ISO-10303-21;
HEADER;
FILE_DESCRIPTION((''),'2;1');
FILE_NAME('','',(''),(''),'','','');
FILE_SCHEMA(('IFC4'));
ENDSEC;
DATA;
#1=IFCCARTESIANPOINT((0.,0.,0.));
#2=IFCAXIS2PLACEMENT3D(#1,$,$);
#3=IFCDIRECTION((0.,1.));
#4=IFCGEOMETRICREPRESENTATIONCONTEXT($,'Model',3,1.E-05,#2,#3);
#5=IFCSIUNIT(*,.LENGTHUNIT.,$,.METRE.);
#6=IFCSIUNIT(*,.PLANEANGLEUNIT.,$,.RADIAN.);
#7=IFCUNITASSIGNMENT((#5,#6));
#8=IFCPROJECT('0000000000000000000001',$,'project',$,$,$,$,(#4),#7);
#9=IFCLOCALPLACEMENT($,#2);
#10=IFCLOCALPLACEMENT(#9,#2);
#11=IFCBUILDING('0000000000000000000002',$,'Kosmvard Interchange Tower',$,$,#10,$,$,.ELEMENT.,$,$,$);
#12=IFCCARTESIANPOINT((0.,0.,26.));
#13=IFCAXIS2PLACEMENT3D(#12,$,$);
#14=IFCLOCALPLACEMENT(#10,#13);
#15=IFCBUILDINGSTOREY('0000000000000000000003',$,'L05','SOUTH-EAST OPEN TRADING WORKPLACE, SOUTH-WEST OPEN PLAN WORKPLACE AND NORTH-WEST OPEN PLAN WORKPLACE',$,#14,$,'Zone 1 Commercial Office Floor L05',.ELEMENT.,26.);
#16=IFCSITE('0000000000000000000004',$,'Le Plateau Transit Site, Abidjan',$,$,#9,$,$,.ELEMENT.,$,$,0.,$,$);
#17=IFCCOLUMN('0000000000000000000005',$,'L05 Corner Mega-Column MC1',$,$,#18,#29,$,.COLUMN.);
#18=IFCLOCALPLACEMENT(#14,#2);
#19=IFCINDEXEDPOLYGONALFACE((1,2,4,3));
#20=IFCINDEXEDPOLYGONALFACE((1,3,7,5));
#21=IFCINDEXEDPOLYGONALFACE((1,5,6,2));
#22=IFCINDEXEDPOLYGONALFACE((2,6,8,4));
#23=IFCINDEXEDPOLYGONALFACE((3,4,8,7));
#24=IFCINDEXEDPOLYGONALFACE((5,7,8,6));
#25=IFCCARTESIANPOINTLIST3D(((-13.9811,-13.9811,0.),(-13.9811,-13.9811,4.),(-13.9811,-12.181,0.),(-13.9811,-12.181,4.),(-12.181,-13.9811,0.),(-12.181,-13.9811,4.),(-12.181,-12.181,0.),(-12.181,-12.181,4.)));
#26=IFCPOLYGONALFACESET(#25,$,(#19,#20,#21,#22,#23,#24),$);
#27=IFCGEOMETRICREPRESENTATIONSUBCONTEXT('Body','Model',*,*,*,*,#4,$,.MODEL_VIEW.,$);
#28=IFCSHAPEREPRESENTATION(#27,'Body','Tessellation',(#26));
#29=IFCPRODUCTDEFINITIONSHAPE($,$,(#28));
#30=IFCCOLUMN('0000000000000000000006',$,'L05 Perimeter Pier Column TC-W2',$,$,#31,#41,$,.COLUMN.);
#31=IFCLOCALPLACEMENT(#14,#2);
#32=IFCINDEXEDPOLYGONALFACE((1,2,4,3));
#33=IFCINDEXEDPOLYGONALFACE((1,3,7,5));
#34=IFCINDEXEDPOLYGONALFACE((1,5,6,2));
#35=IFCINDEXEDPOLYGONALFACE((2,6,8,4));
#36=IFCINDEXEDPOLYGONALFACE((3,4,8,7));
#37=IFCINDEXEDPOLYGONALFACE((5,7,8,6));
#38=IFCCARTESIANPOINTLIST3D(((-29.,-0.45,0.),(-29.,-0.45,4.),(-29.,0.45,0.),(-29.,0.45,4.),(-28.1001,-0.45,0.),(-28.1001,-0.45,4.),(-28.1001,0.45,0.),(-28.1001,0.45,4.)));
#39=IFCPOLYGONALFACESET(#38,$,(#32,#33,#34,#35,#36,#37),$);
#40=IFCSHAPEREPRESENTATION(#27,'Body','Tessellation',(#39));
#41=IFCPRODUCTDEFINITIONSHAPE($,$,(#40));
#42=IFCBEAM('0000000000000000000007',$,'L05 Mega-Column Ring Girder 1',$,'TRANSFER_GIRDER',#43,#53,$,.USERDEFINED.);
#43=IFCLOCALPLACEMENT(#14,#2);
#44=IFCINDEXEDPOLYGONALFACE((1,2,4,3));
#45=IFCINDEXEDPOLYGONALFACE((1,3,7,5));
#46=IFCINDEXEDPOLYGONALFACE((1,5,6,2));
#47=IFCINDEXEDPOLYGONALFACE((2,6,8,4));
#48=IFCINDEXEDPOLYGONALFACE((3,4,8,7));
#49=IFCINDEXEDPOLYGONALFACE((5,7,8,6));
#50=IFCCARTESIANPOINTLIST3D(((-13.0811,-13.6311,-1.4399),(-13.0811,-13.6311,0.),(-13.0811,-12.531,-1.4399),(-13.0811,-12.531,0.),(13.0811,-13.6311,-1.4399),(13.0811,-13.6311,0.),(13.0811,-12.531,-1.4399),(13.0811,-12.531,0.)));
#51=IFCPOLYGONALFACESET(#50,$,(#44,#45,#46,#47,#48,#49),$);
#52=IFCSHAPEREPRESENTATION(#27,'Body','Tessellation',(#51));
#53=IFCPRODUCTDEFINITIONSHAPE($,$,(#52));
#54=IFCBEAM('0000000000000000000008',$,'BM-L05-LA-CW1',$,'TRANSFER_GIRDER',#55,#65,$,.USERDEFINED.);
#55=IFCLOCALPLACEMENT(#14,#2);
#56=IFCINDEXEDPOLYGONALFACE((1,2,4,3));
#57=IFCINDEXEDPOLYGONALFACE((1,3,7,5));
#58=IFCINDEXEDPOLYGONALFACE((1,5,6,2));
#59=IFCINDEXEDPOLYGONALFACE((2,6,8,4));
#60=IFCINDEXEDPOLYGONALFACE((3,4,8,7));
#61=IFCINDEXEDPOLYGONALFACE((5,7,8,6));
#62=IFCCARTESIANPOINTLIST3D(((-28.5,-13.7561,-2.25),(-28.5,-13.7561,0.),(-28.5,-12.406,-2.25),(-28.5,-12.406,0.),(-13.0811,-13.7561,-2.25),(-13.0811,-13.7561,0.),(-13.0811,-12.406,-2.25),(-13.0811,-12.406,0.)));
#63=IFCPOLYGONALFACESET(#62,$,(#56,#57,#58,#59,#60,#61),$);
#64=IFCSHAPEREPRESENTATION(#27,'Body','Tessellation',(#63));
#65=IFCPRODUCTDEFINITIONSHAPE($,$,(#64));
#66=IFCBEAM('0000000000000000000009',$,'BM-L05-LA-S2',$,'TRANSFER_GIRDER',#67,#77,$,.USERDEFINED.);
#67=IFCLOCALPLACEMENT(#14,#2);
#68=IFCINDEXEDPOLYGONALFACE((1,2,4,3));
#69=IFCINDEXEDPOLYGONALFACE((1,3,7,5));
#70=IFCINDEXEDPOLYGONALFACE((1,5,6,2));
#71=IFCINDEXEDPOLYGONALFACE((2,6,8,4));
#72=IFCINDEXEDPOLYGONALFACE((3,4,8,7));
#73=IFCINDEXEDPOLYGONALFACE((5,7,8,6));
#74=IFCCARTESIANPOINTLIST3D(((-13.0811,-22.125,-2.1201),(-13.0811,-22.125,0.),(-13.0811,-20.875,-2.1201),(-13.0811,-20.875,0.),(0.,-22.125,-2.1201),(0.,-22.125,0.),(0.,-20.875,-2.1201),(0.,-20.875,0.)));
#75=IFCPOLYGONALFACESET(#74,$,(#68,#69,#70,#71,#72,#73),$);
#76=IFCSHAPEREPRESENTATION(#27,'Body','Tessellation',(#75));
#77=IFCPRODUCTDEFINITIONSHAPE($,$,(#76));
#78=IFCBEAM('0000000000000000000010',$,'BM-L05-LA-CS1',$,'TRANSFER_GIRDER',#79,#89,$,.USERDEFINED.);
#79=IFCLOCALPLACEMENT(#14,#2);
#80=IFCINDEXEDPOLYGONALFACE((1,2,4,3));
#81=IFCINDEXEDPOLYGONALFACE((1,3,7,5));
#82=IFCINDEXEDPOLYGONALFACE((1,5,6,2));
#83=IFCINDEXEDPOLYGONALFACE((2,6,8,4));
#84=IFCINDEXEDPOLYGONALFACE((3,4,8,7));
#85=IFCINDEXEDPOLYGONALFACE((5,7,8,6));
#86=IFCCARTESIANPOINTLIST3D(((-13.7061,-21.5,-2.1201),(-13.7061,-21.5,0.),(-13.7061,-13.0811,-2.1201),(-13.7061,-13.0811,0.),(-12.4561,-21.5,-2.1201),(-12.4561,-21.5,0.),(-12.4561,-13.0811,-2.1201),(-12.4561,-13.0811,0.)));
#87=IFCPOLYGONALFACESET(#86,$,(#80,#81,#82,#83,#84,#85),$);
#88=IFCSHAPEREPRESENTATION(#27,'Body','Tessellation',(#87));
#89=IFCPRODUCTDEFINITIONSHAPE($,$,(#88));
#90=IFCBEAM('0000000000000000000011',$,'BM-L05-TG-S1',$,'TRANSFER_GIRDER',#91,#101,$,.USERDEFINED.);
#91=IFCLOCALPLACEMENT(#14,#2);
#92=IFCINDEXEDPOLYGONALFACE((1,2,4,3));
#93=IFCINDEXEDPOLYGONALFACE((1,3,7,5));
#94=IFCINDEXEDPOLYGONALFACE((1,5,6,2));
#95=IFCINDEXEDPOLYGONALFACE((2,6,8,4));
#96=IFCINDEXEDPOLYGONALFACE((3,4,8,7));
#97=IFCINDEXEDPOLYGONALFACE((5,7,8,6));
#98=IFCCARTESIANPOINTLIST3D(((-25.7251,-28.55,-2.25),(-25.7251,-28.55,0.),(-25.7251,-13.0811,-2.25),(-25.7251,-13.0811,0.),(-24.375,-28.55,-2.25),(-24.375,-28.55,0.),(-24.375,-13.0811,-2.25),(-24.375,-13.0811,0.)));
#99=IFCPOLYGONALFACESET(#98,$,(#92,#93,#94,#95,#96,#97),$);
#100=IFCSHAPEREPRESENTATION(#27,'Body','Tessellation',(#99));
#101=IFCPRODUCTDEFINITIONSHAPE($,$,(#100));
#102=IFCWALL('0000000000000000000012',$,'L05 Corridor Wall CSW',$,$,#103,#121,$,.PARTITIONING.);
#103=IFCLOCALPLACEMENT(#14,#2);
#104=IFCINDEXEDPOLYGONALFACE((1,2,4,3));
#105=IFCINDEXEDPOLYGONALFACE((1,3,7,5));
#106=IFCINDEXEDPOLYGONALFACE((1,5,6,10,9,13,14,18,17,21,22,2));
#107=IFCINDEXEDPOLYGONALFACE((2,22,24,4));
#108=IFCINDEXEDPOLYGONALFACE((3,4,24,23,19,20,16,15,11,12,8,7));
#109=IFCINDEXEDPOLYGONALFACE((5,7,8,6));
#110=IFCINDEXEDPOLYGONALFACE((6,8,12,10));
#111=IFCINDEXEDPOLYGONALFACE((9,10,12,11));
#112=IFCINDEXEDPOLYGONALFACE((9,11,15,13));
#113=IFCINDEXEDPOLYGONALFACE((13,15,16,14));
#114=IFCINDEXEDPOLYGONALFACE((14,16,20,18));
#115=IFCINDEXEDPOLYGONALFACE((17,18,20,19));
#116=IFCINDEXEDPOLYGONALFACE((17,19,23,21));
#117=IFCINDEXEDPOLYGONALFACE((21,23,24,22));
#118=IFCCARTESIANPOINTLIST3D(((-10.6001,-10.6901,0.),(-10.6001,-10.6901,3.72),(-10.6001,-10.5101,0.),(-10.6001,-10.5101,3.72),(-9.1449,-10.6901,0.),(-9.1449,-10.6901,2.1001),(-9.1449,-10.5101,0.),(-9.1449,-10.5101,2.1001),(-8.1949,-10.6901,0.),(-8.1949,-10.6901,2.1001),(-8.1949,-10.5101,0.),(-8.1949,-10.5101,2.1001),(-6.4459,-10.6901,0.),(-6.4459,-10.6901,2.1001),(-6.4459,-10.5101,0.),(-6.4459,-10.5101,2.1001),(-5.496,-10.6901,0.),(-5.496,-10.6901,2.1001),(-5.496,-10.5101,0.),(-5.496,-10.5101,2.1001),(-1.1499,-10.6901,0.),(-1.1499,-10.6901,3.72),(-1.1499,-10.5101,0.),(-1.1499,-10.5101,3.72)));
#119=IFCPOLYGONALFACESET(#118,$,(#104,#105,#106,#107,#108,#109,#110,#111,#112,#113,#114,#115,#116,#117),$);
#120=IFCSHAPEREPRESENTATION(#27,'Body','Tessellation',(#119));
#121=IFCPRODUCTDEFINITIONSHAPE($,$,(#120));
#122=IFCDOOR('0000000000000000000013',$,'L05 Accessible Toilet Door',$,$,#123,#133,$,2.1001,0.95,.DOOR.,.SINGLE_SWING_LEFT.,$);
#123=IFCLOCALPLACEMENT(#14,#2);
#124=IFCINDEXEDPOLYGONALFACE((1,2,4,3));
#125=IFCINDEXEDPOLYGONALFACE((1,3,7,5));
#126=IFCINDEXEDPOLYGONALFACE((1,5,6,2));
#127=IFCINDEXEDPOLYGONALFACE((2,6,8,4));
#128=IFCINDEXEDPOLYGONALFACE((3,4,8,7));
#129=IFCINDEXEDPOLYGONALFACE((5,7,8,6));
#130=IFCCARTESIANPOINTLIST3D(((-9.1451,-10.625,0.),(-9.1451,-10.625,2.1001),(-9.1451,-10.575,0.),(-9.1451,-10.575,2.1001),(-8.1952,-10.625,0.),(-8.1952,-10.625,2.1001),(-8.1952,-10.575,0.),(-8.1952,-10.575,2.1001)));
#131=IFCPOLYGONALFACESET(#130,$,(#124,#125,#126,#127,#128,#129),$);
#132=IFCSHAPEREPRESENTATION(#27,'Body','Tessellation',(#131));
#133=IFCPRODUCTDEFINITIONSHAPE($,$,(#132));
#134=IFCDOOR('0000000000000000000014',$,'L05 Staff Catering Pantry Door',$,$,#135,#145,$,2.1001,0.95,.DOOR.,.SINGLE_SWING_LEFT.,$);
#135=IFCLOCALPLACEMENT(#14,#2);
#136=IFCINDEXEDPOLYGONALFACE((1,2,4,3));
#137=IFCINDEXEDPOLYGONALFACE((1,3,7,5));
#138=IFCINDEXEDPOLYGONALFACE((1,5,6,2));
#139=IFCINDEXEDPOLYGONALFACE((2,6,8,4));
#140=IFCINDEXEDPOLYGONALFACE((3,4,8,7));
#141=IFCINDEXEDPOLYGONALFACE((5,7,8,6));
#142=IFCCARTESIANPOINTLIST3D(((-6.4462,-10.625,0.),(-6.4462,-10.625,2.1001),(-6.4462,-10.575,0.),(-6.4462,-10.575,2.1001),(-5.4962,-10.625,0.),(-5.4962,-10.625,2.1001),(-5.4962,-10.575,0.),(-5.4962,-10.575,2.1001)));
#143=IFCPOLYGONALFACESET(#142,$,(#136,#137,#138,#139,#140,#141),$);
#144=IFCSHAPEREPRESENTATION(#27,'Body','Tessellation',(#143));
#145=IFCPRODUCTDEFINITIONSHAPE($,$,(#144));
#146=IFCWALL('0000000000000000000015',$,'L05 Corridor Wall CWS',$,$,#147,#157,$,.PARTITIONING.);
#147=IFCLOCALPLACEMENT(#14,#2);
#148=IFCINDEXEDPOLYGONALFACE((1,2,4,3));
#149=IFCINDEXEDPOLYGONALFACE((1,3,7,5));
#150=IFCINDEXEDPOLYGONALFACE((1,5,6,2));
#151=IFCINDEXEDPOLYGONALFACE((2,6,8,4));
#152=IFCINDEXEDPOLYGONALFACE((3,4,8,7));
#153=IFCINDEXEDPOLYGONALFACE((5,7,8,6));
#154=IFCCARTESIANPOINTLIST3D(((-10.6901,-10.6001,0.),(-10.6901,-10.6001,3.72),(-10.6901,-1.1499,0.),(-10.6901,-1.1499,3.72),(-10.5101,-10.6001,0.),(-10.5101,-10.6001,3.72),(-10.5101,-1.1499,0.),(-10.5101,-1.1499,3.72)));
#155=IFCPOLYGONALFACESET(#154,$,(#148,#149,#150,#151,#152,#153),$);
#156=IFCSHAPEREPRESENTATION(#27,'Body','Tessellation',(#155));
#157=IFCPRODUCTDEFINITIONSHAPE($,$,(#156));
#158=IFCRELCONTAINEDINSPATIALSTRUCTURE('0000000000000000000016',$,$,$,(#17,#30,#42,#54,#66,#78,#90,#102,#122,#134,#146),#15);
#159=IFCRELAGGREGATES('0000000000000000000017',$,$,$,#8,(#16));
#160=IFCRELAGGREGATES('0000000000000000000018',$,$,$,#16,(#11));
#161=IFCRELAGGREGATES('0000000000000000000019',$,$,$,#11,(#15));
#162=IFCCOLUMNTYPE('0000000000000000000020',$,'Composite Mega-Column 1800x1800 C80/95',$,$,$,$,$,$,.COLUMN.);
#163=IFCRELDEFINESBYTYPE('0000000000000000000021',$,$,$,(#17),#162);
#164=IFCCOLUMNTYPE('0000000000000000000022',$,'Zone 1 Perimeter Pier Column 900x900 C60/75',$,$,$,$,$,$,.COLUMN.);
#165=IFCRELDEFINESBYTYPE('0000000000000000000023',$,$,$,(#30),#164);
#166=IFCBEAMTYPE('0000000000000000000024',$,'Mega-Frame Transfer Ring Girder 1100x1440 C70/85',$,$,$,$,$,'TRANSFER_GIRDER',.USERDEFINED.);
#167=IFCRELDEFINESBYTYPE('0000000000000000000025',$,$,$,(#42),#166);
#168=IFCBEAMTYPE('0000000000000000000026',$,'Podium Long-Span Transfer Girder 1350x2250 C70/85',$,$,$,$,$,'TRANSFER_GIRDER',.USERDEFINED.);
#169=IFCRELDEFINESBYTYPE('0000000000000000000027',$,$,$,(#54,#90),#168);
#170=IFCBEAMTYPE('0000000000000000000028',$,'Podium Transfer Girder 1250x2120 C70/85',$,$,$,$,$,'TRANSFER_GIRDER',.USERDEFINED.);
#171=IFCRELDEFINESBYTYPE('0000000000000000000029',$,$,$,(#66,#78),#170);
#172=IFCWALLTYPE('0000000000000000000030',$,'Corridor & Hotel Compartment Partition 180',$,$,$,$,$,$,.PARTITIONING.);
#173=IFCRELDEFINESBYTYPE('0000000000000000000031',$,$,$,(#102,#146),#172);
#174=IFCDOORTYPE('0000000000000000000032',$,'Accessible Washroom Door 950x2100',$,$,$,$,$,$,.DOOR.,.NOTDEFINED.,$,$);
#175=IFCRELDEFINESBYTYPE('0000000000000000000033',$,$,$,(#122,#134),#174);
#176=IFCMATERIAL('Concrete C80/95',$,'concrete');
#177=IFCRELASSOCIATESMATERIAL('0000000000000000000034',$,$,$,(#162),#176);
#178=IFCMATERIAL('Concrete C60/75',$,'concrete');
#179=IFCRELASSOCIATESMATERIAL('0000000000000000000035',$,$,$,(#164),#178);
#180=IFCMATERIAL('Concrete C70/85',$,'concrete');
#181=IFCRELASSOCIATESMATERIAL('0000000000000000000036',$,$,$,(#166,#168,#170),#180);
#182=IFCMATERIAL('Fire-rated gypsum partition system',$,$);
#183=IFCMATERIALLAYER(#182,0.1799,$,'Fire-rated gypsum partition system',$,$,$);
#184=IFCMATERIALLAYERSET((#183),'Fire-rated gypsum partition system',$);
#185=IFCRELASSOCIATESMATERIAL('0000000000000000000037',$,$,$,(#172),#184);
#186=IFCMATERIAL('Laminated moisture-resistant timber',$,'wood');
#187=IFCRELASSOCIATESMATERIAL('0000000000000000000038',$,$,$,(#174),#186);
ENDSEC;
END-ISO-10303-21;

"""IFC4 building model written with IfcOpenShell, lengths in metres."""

from ifc_helpers import new_model, si_unit, direction, frame, frame_2d, origin, origin_2d, place, context, subcontext, project, spatial, rectangle, extrude, source, transform, mapped, material, layer, layer_set, material_profile, profile_set, type_object, element, fill, save


model = new_model("IFC4")

# Units and contexts
model_context = context("Model", 3, precision=1e-05, world=origin(), true_north=direction((0.0, 1.0)))
body_context = subcontext(model_context, "Body", "Model", "MODEL_VIEW")
ifc_project = project(units=[si_unit("LENGTHUNIT", "METRE"), si_unit("PLANEANGLEUNIT", "RADIAN")], contexts=[model_context])

# Site, building, storey
site_placement = place(None, origin())
site = spatial("IfcSite", under=ifc_project, at=site_placement, Name="Le Plateau Transit Site, Abidjan", CompositionType="ELEMENT", RefElevation=0.0)
building_placement = place(site_placement, origin())
building = spatial("IfcBuilding", under=site, at=building_placement, Name="Kosmvard Interchange Tower", CompositionType="ELEMENT")
storey_placement = place(building_placement, frame((0.0, 0.0, 26.0)))
storey = spatial("IfcBuildingStorey", under=building, at=storey_placement, Name="L05", Description="SOUTH-EAST OPEN TRADING WORKPLACE, SOUTH-WEST OPEN PLAN WORKPLACE AND NORTH-WEST OPEN PLAN WORKPLACE", LongName="Zone 1 Commercial Office Floor L05", CompositionType="ELEMENT", Elevation=26.0)

# Columns
ifc_material_1 = material(Name="Concrete C80/95", Category="concrete")
ifc_material_profile_1 = material_profile(ifc_material_1, rectangle(XDim=1.8, YDim=1.8, at=origin_2d()), Name="MC 1800x1800")
ifc_profile_set_1 = profile_set([ifc_material_profile_1], Name="Concrete C80/95")
column_type_1 = type_object("IfcColumnType", Name="Composite Mega-Column 1800x1800 C80/95", PredefinedType="COLUMN", material=ifc_profile_set_1)
shared_shape_1 = source(origin(), body_context, "Body", "SweptSolid", [
    extrude(rectangle(XDim=1.8, YDim=1.8, at=origin_2d()), origin(), (0.0, 0.0, 1.0), 4.0),
])
column_1_placement = place(storey_placement, frame((-13.0811, -13.0811, 0.0), z_axis=(0.0, 0.0, 1.0), x_axis=(1.0, 0.0, 0.0)))
element("IfcColumn", 1, at=column_1_placement, inside=storey, type_object=column_type_1, Name="L05 Corner Mega-Column MC1", PredefinedType="COLUMN", context=body_context, shape_type="MappedRepresentation", body=[
    mapped(shared_shape_1, transform((0.0, 0.0, 0.0), scale=1.0)),
])
ifc_material_2 = material(Name="Concrete C60/75", Category="concrete")
ifc_material_profile_2 = material_profile(ifc_material_2, rectangle(XDim=0.8999, YDim=0.8999, at=origin_2d()), Name="TC 900x900")
ifc_profile_set_2 = profile_set([ifc_material_profile_2], Name="Concrete C60/75")
column_type_2 = type_object("IfcColumnType", Name="Zone 1 Perimeter Pier Column 900x900 C60/75", PredefinedType="COLUMN", material=ifc_profile_set_2)
shared_shape_2 = source(origin(), body_context, "Body", "SweptSolid", [
    extrude(rectangle(XDim=0.8999, YDim=0.8999, at=origin_2d()), origin(), (0.0, 0.0, 1.0), 4.0),
])
column_2_placement = place(storey_placement, frame((-28.55, 0.0, 0.0), z_axis=(0.0, 0.0, 1.0), x_axis=(1.0, 0.0, 0.0)))
element("IfcColumn", 2, at=column_2_placement, inside=storey, type_object=column_type_2, Name="L05 Perimeter Pier Column TC-W2", PredefinedType="COLUMN", context=body_context, shape_type="MappedRepresentation", body=[
    mapped(shared_shape_2, transform((0.0, 0.0, 0.0), scale=1.0)),
])

# Beams
ifc_material_3 = material(Name="Concrete C70/85", Category="concrete")
ifc_material_profile_3 = material_profile(ifc_material_3, rectangle(XDim=1.1001, YDim=1.4399, at=origin_2d()), Name="TG 1100x1440")
ifc_profile_set_3 = profile_set([ifc_material_profile_3], Name="Concrete C70/85")
beam_type_1 = type_object("IfcBeamType", Name="Mega-Frame Transfer Ring Girder 1100x1440 C70/85", ElementType="TRANSFER_GIRDER", PredefinedType="USERDEFINED", material=ifc_profile_set_3)
shared_shape_3 = source(origin(), body_context, "Body", "SweptSolid", [
    extrude(rectangle(XDim=1.1001, YDim=1.4399, at=origin_2d()), origin(), (0.0, 0.0, 1.0), 26.1621),
])
beam_1_placement = place(storey_placement, frame((-13.0811, -13.0811, -0.72), z_axis=(1.0, 0.0, 0.0), x_axis=(0.0, 1.0, 0.0)))
element("IfcBeam", 3, at=beam_1_placement, inside=storey, type_object=beam_type_1, Name="L05 Mega-Column Ring Girder 1", ObjectType="TRANSFER_GIRDER", PredefinedType="USERDEFINED", context=body_context, shape_type="MappedRepresentation", body=[
    mapped(shared_shape_3, transform((0.0, 0.0, 0.0), scale=1.0)),
])
ifc_material_profile_4 = material_profile(ifc_material_3, rectangle(XDim=1.3501, YDim=2.25, at=origin_2d()), Name="TG 1350x2250")
ifc_profile_set_4 = profile_set([ifc_material_profile_4], Name="Concrete C70/85")
beam_type_2 = type_object("IfcBeamType", Name="Podium Long-Span Transfer Girder 1350x2250 C70/85", ElementType="TRANSFER_GIRDER", PredefinedType="USERDEFINED", material=ifc_profile_set_4)
shared_shape_4 = source(origin(), body_context, "Body", "SweptSolid", [
    extrude(rectangle(XDim=1.3501, YDim=2.25, at=origin_2d()), origin(), (0.0, 0.0, 1.0), 15.4189),
])
beam_2_placement = place(storey_placement, frame((-28.5, -13.0811, -1.125), z_axis=(1.0, 0.0, 0.0), x_axis=(0.0, 1.0, 0.0)))
element("IfcBeam", 4, at=beam_2_placement, inside=storey, type_object=beam_type_2, Name="BM-L05-LA-CW1", ObjectType="TRANSFER_GIRDER", PredefinedType="USERDEFINED", context=body_context, shape_type="MappedRepresentation", body=[
    mapped(shared_shape_4, transform((0.0, 0.0, 0.0), scale=1.0)),
])
ifc_material_profile_5 = material_profile(ifc_material_3, rectangle(XDim=1.25, YDim=2.1201, at=origin_2d()), Name="TG 1250x2120")
ifc_profile_set_5 = profile_set([ifc_material_profile_5], Name="Concrete C70/85")
beam_type_3 = type_object("IfcBeamType", Name="Podium Transfer Girder 1250x2120 C70/85", ElementType="TRANSFER_GIRDER", PredefinedType="USERDEFINED", material=ifc_profile_set_5)
shared_shape_5 = source(origin(), body_context, "Body", "SweptSolid", [
    extrude(rectangle(XDim=1.25, YDim=2.1201, at=origin_2d()), origin(), (0.0, 0.0, 1.0), 13.0811),
])
beam_3_placement = place(storey_placement, frame((-13.0811, -21.5, -1.0601), z_axis=(1.0, 0.0, 0.0), x_axis=(0.0, 1.0, 0.0)))
element("IfcBeam", 5, at=beam_3_placement, inside=storey, type_object=beam_type_3, Name="BM-L05-LA-S2", ObjectType="TRANSFER_GIRDER", PredefinedType="USERDEFINED", context=body_context, shape_type="MappedRepresentation", body=[
    mapped(shared_shape_5, transform((0.0, 0.0, 0.0), scale=1.0)),
])
shared_shape_6 = source(origin(), body_context, "Body", "SweptSolid", [
    extrude(rectangle(XDim=1.25, YDim=2.1201, at=origin_2d()), origin(), (0.0, 0.0, 1.0), 8.4189),
])
beam_4_placement = place(storey_placement, frame((-13.0811, -21.5, -1.0601), z_axis=(0.0, 1.0, 0.0), x_axis=(-1.0, 0.0, 0.0)))
element("IfcBeam", 6, at=beam_4_placement, inside=storey, type_object=beam_type_3, Name="BM-L05-LA-CS1", ObjectType="TRANSFER_GIRDER", PredefinedType="USERDEFINED", context=body_context, shape_type="MappedRepresentation", body=[
    mapped(shared_shape_6, transform((0.0, 0.0, 0.0), scale=1.0)),
])
shared_shape_7 = source(origin(), body_context, "Body", "SweptSolid", [
    extrude(rectangle(XDim=1.3501, YDim=2.25, at=origin_2d()), origin(), (0.0, 0.0, 1.0), 15.469),
])
beam_5_placement = place(storey_placement, frame((-25.05, -13.0811, -1.125), z_axis=(0.0, -1.0, 0.0), x_axis=(1.0, 0.0, 0.0)))
element("IfcBeam", 7, at=beam_5_placement, inside=storey, type_object=beam_type_2, Name="BM-L05-TG-S1", ObjectType="TRANSFER_GIRDER", PredefinedType="USERDEFINED", context=body_context, shape_type="MappedRepresentation", body=[
    mapped(shared_shape_7, transform((0.0, 0.0, 0.0), scale=1.0)),
])

# Wall, openings, doors
ifc_material_4 = material(Name="Fire-rated gypsum partition system")
ifc_layer_1 = layer(ifc_material_4, 0.1799, Name="Fire-rated gypsum partition system")
ifc_layer_set_1 = layer_set([ifc_layer_1], Name="Fire-rated gypsum partition system")
wall_type = type_object("IfcWallType", Name="Corridor & Hotel Compartment Partition 180", PredefinedType="PARTITIONING", material=ifc_layer_set_1)
wall_1_placement = place(storey_placement, frame((-10.6001, -10.6001, 0.0), z_axis=(0.0, 0.0, 1.0), x_axis=(1.0, 0.0, 0.0)))
wall_1 = element("IfcWall", 8, at=wall_1_placement, inside=storey, type_object=wall_type, Name="L05 Corridor Wall CSW", PredefinedType="PARTITIONING", context=body_context, shape_type="SweptSolid", body=[
    extrude(rectangle(XDim=9.4502, YDim=0.1799, at=frame_2d((4.7251, 0.0))), origin(), (0.0, 0.0, 1.0), 3.72),
])
opening_1_placement = place(wall_1_placement, frame((1.4551, 0.0, 0.0)))
opening_1 = element("IfcOpeningElement", 9, at=opening_1_placement, cuts=wall_1, PredefinedType="OPENING", context=body_context, shape_type="SweptSolid", body=[
    extrude(rectangle(XDim=0.95, YDim=2.1001, at=frame_2d((0.4751, 1.05))), frame((0.0, 0.1001, 0.0), z_axis=(0.0, -1.0, 0.0), x_axis=(1.0, 0.0, 0.0)), (0.0, 0.0, 1.0), 0.2),
])
opening_2_placement = place(wall_1_placement, frame((4.1541, 0.0, 0.0)))
opening_2 = element("IfcOpeningElement", 10, at=opening_2_placement, cuts=wall_1, PredefinedType="OPENING", context=body_context, shape_type="SweptSolid", body=[
    extrude(rectangle(XDim=0.95, YDim=2.1001, at=frame_2d((0.4751, 1.05))), frame((0.0, 0.1001, 0.0), z_axis=(0.0, -1.0, 0.0), x_axis=(1.0, 0.0, 0.0)), (0.0, 0.0, 1.0), 0.2),
])
ifc_material_5 = material(Name="Laminated moisture-resistant timber", Category="wood")
door_type_1 = type_object("IfcDoorType", Name="Accessible Washroom Door 950x2100", OperationType="NOTDEFINED", PredefinedType="DOOR", material=ifc_material_5)
shared_shape_8 = source(origin(), body_context, "Body", "SweptSolid", [
    extrude(rectangle(XDim=0.95, YDim=2.1001, at=frame_2d((0.4751, 1.05))), frame((0.0, 0.0249, 0.0), z_axis=(0.0, -1.0, 0.0), x_axis=(1.0, 0.0, 0.0)), (0.0, 0.0, 1.0), 0.05),
])
door_1_placement = place(opening_1_placement, frame((0.95, 0.0, 0.0), z_axis=(0.0, 0.0, 1.0), x_axis=(-1.0, 0.0, 0.0)))
door_1 = element("IfcDoor", 11, at=door_1_placement, inside=storey, type_object=door_type_1, Name="L05 Accessible Toilet Door", OperationType="SINGLE_SWING_LEFT", OverallHeight=2.1001, OverallWidth=0.95, PredefinedType="DOOR", context=body_context, shape_type="MappedRepresentation", body=[
    mapped(shared_shape_8, transform((0.0, 0.0, 0.0), scale=1.0)),
])
fill(opening_1, door_1)
door_2_placement = place(opening_2_placement, frame((0.95, 0.0, 0.0), z_axis=(0.0, 0.0, 1.0), x_axis=(-1.0, 0.0, 0.0)))
door_2 = element("IfcDoor", 12, at=door_2_placement, inside=storey, type_object=door_type_1, Name="L05 Staff Catering Pantry Door", OperationType="SINGLE_SWING_LEFT", OverallHeight=2.1001, OverallWidth=0.95, PredefinedType="DOOR", context=body_context, shape_type="MappedRepresentation", body=[
    mapped(shared_shape_8, transform((0.0, 0.0, 0.0), scale=1.0)),
])
fill(opening_2, door_2)

# Wall
wall_2_placement = place(storey_placement, frame((-10.6001, -10.6001, 0.0), z_axis=(0.0, 0.0, 1.0), x_axis=(0.0, 1.0, 0.0)))
element("IfcWall", 13, at=wall_2_placement, inside=storey, type_object=wall_type, Name="L05 Corridor Wall CWS", PredefinedType="PARTITIONING", context=body_context, shape_type="SweptSolid", body=[
    extrude(rectangle(XDim=9.4502, YDim=0.1799, at=frame_2d((4.7251, 0.0))), origin(), (0.0, 0.0, 1.0), 3.72),
])

save(model, "model.ifc")
